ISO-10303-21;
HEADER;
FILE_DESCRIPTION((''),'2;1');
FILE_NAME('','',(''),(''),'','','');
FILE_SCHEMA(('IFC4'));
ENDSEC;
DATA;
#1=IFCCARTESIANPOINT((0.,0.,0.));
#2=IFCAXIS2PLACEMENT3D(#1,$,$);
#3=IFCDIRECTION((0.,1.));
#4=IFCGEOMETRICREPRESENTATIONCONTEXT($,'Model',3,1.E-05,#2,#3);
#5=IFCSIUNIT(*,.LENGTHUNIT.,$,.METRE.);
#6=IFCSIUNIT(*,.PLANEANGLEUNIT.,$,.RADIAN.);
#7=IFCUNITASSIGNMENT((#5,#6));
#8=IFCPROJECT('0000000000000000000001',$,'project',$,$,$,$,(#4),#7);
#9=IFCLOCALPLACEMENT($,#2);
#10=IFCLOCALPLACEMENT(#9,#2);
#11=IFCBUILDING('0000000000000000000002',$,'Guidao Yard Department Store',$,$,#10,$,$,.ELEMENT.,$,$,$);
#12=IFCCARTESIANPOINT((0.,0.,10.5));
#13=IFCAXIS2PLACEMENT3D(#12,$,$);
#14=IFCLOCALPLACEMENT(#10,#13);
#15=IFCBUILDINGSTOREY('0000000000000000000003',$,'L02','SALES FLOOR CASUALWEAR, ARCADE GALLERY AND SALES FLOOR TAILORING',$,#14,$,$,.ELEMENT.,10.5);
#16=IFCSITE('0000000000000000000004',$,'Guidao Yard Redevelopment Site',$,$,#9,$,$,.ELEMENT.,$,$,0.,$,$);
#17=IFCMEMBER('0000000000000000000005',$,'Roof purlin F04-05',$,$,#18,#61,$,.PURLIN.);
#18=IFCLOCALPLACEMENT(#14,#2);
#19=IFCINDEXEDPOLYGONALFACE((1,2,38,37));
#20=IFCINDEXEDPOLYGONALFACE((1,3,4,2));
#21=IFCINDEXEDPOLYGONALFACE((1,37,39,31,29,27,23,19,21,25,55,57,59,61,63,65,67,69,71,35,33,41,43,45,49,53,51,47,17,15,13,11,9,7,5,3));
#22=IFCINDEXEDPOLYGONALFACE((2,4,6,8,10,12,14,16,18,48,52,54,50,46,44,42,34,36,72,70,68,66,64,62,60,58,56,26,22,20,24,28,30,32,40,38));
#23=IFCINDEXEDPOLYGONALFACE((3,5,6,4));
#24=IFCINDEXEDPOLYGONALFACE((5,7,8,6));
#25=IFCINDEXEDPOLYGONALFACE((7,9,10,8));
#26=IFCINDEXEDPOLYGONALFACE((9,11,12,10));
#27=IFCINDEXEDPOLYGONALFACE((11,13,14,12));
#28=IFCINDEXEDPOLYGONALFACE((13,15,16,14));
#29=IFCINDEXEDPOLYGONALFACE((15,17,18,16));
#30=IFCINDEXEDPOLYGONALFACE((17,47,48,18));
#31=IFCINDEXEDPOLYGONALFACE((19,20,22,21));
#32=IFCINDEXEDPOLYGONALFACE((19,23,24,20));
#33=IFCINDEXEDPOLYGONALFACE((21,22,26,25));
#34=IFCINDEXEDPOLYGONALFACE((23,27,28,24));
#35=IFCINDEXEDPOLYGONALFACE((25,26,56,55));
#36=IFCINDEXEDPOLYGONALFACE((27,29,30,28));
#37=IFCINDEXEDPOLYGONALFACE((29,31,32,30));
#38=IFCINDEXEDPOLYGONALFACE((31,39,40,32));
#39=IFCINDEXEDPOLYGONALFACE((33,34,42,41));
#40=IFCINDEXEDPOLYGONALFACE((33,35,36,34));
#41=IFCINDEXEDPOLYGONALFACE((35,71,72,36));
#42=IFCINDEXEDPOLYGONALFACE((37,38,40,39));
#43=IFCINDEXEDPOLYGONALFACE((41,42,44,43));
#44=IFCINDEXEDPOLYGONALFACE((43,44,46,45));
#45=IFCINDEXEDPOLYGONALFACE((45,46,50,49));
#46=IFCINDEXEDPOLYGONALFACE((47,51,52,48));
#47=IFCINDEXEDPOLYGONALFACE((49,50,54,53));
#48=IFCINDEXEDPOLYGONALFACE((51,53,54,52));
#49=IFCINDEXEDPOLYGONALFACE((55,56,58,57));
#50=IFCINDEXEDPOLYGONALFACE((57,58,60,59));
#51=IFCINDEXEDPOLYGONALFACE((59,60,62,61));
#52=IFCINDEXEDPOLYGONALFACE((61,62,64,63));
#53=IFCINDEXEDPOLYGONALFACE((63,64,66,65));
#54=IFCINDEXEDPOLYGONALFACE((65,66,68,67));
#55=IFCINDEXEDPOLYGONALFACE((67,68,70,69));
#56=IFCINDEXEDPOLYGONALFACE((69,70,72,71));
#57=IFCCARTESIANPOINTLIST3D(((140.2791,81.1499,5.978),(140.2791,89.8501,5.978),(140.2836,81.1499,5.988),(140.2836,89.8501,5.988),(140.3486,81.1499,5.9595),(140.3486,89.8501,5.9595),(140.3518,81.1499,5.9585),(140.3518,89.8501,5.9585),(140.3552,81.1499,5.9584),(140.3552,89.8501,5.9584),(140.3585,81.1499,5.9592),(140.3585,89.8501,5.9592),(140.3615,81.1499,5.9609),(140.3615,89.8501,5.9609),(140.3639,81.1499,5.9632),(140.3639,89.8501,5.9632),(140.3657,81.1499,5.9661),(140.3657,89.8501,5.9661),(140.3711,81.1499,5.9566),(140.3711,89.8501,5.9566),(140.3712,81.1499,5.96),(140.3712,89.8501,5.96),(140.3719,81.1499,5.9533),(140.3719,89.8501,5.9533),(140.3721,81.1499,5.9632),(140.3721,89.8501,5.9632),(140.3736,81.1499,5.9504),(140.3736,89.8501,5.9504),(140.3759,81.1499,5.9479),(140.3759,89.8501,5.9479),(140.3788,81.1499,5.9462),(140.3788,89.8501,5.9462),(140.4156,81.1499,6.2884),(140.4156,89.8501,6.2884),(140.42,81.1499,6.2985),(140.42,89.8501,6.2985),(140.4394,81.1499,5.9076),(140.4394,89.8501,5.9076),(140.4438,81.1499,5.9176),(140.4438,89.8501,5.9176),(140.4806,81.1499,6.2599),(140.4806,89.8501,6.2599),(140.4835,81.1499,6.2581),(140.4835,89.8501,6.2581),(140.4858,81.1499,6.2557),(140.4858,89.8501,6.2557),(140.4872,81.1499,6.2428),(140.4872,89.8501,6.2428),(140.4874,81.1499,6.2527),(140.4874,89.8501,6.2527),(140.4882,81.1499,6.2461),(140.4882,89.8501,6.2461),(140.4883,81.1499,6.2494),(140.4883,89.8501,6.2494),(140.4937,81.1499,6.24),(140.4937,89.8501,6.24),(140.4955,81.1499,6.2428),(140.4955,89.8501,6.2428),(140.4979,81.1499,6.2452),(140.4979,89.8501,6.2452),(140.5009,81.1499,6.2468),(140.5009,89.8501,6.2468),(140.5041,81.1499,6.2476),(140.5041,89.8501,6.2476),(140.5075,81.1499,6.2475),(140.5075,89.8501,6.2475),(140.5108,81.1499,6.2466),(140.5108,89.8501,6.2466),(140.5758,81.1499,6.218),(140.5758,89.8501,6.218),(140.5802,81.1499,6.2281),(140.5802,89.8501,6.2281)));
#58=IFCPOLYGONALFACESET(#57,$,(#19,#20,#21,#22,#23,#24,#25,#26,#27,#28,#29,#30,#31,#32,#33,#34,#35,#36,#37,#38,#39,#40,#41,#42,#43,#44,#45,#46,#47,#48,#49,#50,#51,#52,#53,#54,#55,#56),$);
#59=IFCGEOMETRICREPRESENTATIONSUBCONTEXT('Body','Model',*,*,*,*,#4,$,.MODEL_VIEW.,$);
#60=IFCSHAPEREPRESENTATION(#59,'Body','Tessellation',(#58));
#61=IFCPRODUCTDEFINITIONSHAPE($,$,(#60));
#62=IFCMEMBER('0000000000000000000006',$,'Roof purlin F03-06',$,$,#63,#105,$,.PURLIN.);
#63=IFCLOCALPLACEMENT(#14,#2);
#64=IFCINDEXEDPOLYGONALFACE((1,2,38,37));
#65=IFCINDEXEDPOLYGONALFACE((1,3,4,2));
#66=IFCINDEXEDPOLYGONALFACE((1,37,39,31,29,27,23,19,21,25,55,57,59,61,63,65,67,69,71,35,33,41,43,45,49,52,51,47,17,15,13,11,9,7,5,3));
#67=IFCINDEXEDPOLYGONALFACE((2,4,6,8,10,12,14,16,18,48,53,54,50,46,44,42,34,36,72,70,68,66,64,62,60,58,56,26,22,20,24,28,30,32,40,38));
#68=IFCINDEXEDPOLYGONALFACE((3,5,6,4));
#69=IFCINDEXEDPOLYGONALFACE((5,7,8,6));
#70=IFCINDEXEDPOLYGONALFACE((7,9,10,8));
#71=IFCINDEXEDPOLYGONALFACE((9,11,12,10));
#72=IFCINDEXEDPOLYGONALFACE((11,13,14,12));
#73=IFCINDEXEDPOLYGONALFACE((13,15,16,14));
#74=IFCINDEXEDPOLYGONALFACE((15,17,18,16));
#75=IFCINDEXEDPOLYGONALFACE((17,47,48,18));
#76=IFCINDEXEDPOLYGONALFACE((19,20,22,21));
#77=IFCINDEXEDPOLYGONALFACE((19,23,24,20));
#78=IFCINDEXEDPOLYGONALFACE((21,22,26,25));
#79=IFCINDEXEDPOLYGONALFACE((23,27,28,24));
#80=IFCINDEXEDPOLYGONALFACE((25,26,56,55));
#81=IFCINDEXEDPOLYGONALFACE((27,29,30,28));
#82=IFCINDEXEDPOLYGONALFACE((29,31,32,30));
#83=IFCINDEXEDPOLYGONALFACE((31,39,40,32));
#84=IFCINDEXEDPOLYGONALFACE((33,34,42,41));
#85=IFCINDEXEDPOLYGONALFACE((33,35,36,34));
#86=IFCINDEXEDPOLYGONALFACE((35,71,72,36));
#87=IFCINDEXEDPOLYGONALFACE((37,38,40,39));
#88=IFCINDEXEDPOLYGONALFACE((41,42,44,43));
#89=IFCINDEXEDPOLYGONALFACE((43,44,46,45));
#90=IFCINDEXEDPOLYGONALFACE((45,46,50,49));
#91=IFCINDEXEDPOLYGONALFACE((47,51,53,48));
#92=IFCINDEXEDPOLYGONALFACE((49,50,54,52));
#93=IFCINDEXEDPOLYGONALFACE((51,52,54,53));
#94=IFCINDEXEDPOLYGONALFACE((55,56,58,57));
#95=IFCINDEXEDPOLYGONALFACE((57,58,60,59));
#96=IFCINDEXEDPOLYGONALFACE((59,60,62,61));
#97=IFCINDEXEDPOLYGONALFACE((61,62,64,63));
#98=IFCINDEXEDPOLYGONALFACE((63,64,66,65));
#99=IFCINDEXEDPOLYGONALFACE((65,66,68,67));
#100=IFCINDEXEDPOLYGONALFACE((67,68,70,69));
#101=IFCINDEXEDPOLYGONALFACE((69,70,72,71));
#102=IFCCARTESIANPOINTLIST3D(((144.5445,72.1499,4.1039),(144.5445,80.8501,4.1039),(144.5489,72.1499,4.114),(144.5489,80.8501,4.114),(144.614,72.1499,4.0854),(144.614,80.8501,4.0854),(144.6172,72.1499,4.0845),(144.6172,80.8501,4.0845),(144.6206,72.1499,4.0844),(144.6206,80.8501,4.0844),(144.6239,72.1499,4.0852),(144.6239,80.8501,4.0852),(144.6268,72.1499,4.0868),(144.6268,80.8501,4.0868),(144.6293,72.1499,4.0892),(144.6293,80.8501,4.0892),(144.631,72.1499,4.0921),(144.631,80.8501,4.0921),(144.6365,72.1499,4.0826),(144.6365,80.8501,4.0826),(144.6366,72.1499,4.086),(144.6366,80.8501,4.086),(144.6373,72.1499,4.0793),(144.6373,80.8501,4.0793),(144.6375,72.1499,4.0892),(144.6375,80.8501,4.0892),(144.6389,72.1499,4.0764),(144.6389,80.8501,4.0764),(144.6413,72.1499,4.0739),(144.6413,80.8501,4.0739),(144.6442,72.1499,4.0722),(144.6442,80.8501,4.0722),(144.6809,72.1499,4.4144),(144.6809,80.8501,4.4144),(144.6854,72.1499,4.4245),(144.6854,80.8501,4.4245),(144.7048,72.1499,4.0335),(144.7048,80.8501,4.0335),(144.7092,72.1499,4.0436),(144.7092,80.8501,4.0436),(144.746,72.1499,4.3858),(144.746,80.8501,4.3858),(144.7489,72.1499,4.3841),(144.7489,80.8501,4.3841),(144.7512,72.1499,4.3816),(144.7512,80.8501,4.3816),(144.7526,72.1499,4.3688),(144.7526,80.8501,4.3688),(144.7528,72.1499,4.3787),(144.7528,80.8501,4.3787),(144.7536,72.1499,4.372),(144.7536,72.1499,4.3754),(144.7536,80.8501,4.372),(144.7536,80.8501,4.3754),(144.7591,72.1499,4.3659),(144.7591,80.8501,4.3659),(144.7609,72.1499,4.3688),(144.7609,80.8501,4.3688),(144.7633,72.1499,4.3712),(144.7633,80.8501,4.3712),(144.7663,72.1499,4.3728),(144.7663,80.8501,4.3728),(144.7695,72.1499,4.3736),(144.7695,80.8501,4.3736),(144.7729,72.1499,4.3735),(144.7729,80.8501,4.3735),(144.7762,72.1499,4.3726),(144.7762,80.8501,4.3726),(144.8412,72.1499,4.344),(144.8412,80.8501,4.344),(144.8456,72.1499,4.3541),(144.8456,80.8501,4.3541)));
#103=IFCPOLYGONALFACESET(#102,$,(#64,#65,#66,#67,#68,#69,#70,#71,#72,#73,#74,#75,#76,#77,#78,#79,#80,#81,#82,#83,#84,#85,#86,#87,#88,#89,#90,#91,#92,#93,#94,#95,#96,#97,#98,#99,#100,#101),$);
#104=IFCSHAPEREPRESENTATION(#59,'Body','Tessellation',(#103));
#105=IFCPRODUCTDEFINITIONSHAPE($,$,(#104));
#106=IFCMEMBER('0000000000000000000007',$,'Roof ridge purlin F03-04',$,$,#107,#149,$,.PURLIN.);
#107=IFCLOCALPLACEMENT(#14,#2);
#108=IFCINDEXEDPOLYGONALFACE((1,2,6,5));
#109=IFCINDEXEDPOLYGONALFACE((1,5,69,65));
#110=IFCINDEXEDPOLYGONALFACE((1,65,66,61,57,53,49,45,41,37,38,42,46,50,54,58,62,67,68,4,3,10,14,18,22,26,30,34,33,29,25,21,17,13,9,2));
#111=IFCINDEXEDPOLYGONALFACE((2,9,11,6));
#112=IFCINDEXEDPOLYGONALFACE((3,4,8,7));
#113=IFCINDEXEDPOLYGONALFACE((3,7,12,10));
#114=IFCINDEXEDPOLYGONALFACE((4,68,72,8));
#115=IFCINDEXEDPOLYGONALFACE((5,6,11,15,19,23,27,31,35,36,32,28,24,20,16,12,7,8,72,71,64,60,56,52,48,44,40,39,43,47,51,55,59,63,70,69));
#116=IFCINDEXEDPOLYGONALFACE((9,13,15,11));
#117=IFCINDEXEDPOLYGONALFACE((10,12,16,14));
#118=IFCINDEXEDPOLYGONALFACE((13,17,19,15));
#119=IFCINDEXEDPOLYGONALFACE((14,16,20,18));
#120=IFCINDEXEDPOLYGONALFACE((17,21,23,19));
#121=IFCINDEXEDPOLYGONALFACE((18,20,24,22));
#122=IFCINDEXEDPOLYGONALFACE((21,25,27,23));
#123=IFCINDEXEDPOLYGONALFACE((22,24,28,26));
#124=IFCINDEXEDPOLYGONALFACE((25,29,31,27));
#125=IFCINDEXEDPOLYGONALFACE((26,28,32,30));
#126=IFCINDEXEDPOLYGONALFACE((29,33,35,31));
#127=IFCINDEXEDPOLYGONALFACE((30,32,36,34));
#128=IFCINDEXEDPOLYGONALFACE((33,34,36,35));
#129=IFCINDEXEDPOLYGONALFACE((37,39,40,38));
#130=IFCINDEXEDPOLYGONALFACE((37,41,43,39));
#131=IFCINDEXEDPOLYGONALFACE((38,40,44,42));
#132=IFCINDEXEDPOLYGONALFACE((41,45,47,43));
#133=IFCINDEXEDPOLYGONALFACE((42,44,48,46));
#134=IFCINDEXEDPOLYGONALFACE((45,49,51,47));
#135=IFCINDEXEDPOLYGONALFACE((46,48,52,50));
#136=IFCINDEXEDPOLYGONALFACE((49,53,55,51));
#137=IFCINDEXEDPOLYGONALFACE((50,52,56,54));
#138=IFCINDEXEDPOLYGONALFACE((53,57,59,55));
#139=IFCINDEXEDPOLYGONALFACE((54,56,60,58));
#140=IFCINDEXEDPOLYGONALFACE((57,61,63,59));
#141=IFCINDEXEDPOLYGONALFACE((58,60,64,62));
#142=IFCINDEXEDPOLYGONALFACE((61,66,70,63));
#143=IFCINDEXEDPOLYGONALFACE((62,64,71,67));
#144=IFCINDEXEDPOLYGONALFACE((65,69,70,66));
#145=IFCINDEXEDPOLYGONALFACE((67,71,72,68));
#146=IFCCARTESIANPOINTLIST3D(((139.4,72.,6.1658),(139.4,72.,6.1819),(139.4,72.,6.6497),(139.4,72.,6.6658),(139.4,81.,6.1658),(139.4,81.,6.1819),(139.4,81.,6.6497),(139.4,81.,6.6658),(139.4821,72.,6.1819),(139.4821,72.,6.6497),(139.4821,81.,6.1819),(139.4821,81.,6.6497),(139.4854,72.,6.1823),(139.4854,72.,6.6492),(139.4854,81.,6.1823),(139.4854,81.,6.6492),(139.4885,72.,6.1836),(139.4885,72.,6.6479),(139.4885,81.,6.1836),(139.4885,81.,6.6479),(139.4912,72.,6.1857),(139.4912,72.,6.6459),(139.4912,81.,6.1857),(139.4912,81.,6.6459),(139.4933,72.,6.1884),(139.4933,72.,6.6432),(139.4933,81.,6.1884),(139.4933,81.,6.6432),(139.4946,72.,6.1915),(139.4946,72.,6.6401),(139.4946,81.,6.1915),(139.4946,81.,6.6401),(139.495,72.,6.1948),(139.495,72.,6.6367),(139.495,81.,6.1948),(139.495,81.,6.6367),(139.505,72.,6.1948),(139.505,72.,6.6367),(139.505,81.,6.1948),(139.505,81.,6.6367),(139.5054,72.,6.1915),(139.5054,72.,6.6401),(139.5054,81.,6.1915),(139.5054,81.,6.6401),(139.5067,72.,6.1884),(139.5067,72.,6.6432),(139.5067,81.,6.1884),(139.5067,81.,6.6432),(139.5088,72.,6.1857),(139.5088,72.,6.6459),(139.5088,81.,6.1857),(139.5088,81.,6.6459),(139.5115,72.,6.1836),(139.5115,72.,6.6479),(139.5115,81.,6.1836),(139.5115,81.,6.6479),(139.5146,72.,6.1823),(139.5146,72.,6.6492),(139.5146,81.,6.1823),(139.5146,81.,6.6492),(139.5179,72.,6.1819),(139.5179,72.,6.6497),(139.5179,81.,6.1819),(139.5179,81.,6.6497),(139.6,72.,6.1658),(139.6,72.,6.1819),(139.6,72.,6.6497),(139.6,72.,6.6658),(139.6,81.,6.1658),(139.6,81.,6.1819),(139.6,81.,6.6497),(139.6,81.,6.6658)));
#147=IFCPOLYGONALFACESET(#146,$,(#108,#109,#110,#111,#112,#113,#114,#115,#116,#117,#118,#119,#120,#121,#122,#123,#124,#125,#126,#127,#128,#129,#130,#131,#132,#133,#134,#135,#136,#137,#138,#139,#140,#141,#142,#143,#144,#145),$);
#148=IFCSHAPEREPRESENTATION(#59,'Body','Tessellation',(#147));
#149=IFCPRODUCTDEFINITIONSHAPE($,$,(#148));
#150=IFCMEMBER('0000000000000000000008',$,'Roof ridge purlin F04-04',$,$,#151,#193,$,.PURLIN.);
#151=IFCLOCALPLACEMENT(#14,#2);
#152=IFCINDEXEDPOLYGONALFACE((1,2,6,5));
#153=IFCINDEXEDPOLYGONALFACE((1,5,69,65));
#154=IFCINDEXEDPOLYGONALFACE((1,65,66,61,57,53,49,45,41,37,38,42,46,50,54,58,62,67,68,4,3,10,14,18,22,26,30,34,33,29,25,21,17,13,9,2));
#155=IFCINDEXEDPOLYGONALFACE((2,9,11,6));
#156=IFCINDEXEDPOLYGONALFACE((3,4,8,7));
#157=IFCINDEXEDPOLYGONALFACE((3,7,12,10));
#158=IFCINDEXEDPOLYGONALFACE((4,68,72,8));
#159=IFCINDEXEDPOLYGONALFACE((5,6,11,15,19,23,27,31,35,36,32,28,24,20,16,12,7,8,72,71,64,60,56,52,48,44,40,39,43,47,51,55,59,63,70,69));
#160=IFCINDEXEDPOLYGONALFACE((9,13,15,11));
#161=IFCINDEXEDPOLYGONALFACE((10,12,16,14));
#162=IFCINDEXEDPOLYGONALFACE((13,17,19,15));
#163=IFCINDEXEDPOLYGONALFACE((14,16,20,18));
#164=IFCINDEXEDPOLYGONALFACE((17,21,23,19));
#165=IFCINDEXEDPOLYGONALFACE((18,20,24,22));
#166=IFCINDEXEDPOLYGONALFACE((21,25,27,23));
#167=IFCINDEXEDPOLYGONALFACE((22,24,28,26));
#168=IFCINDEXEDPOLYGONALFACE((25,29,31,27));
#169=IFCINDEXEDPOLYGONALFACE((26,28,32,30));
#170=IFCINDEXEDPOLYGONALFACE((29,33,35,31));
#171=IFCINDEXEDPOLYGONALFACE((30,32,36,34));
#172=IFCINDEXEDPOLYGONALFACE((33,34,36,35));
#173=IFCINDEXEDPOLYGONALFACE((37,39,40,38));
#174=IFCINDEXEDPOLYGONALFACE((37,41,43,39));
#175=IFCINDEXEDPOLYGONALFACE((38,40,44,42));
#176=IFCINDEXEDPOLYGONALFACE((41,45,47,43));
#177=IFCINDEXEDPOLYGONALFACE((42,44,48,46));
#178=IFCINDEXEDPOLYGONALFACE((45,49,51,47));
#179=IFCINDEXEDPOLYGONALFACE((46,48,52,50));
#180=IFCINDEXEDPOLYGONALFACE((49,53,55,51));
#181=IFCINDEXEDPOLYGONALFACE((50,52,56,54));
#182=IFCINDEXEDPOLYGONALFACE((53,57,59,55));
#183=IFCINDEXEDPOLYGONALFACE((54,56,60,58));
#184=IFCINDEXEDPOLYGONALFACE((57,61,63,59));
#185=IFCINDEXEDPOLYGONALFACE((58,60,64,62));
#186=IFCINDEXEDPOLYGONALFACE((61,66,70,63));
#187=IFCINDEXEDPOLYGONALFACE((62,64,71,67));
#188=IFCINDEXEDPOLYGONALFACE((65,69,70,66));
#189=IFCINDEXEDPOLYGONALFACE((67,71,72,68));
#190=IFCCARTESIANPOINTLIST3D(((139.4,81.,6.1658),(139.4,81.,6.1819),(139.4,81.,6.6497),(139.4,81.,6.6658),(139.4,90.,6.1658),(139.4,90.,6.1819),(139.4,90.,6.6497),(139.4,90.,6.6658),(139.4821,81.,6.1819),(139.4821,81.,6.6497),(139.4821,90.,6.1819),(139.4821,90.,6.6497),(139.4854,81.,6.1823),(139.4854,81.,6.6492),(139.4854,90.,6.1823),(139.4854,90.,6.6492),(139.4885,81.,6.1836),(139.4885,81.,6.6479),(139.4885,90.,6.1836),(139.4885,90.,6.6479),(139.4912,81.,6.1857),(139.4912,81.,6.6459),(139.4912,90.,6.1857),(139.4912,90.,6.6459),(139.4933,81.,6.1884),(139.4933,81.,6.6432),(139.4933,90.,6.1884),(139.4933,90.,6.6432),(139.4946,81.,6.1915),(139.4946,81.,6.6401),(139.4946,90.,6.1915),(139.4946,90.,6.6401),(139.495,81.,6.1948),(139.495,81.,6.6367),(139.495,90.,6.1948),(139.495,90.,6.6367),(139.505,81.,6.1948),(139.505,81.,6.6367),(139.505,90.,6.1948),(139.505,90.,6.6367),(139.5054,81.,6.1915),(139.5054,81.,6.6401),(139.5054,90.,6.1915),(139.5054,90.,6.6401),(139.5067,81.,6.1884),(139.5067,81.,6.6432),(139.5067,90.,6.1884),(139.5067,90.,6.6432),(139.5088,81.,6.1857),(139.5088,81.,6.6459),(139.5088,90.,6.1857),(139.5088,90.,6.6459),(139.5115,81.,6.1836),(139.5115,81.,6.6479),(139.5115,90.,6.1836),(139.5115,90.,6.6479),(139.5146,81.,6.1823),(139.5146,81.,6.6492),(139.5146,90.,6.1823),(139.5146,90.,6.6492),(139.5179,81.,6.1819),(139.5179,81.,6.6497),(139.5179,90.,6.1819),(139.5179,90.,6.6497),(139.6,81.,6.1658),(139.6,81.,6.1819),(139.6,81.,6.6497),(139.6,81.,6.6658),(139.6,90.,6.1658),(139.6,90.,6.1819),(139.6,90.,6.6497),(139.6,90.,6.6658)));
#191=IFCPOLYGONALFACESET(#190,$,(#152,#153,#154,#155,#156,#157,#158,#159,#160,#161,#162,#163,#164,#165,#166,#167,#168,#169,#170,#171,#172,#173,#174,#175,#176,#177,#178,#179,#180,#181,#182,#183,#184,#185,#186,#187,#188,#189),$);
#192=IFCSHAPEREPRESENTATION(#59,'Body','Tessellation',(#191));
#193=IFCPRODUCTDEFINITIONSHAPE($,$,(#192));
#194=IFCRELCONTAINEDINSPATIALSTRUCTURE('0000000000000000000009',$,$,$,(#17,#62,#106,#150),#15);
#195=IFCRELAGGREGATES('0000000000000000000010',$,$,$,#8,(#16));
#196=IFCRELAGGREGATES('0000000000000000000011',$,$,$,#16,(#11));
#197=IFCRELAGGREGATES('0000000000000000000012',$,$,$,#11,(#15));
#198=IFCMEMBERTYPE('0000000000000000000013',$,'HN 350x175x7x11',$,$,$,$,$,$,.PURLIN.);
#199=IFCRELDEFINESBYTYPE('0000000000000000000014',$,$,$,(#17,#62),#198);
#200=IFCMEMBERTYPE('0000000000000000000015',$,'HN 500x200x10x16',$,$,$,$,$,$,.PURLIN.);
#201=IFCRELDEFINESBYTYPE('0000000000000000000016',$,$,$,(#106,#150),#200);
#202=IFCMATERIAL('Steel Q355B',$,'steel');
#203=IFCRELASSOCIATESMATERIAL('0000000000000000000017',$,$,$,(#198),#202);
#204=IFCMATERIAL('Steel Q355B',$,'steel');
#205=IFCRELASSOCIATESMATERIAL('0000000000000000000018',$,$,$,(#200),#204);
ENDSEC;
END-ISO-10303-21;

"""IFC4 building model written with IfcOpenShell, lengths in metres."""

from ifc_helpers import new_model, si_unit, direction, frame, origin, origin_2d, place, context, subcontext, project, spatial, i_section, extrude, material, material_profile, profile_set, type_object, element, save


model = new_model("IFC4")

# Units and contexts
model_context = context("Model", 3, precision=1e-05, world=origin(), true_north=direction((0.0, 1.0)))
body_context = subcontext(model_context, "Body", "Model", "MODEL_VIEW")
ifc_project = project(units=[si_unit("LENGTHUNIT", "METRE"), si_unit("PLANEANGLEUNIT", "RADIAN")], contexts=[model_context])

# Site, building, storey
site_placement = place(None, origin())
site = spatial("IfcSite", under=ifc_project, at=site_placement, Name="Guidao Yard Redevelopment Site", CompositionType="ELEMENT", RefElevation=0.0)
building_placement = place(site_placement, origin())
building = spatial("IfcBuilding", under=site, at=building_placement, Name="Guidao Yard Department Store", CompositionType="ELEMENT")
storey_placement = place(building_placement, frame((0.0, 0.0, 10.5)))
storey = spatial("IfcBuildingStorey", under=building, at=storey_placement, Name="L02", Description="SALES FLOOR CASUALWEAR, ARCADE GALLERY AND SALES FLOOR TAILORING", CompositionType="ELEMENT", Elevation=10.5)

# Members
ifc_material_1 = material(Name="Steel Q355B", Category="steel")
ifc_material_profile_1 = material_profile(ifc_material_1, i_section(OverallWidth=0.175, OverallDepth=0.3501, WebThickness=0.0071, FlangeThickness=0.011, FilletRadius=0.0129, at=origin_2d()), Name="HN 350x175x7x11")
ifc_profile_set_1 = profile_set([ifc_material_profile_1], Name="Steel Q355B")
member_type_1 = type_object("IfcMemberType", Name="HN 350x175x7x11", PredefinedType="PURLIN", material=ifc_profile_set_1)
for number, where, z_axis, x_axis, name in (
    (1, (140.4297, 81.1499, 6.103), (0.0, 1.0, 0.0), (-0.915526, 0.0, 0.402258), "Roof purlin F04-05"),
    (2, (144.6951, 72.1499, 4.229), (0.0, 1.0, 0.0), (-0.915526, 0.0, 0.402258), "Roof purlin F03-06"),
):
    element("IfcMember", number, at=place(storey_placement, frame(where, z_axis=z_axis, x_axis=x_axis)), inside=storey, type_object=member_type_1, Name=name, PredefinedType="PURLIN", context=body_context, shape_type="SweptSolid", body=[
        extrude(i_section(OverallWidth=0.175, OverallDepth=0.3501, WebThickness=0.0071, FlangeThickness=0.011, FilletRadius=0.0129, at=origin_2d()), origin(), (0.0, 0.0, 1.0), 8.7002),
    ])
ifc_material_2 = material(Name="Steel Q355B", Category="steel")
ifc_material_profile_2 = material_profile(ifc_material_2, i_section(OverallWidth=0.2, OverallDepth=0.5, WebThickness=0.01, FlangeThickness=0.0161, FilletRadius=0.0129, at=origin_2d()), Name="HN 500x200x10x16")
ifc_profile_set_2 = profile_set([ifc_material_profile_2], Name="Steel Q355B")
member_type_2 = type_object("IfcMemberType", Name="HN 500x200x10x16", PredefinedType="PURLIN", material=ifc_profile_set_2)
for number, where, z_axis, x_axis, name in (
    (3, (139.5, 72.0, 6.4158), (0.0, 1.0, 0.0), (-1.0, 0.0, 0.0), "Roof ridge purlin F03-04"),
    (4, (139.5, 81.0, 6.4158), (0.0, 1.0, 0.0), (-1.0, 0.0, 0.0), "Roof ridge purlin F04-04"),
):
    element("IfcMember", number, at=place(storey_placement, frame(where, z_axis=z_axis, x_axis=x_axis)), inside=storey, type_object=member_type_2, Name=name, PredefinedType="PURLIN", context=body_context, shape_type="SweptSolid", body=[
        extrude(i_section(OverallWidth=0.2, OverallDepth=0.5, WebThickness=0.01, FlangeThickness=0.0161, FilletRadius=0.0129, at=origin_2d()), origin(), (0.0, 0.0, 1.0), 9.0),
    ])

save(model, "model.ifc")
